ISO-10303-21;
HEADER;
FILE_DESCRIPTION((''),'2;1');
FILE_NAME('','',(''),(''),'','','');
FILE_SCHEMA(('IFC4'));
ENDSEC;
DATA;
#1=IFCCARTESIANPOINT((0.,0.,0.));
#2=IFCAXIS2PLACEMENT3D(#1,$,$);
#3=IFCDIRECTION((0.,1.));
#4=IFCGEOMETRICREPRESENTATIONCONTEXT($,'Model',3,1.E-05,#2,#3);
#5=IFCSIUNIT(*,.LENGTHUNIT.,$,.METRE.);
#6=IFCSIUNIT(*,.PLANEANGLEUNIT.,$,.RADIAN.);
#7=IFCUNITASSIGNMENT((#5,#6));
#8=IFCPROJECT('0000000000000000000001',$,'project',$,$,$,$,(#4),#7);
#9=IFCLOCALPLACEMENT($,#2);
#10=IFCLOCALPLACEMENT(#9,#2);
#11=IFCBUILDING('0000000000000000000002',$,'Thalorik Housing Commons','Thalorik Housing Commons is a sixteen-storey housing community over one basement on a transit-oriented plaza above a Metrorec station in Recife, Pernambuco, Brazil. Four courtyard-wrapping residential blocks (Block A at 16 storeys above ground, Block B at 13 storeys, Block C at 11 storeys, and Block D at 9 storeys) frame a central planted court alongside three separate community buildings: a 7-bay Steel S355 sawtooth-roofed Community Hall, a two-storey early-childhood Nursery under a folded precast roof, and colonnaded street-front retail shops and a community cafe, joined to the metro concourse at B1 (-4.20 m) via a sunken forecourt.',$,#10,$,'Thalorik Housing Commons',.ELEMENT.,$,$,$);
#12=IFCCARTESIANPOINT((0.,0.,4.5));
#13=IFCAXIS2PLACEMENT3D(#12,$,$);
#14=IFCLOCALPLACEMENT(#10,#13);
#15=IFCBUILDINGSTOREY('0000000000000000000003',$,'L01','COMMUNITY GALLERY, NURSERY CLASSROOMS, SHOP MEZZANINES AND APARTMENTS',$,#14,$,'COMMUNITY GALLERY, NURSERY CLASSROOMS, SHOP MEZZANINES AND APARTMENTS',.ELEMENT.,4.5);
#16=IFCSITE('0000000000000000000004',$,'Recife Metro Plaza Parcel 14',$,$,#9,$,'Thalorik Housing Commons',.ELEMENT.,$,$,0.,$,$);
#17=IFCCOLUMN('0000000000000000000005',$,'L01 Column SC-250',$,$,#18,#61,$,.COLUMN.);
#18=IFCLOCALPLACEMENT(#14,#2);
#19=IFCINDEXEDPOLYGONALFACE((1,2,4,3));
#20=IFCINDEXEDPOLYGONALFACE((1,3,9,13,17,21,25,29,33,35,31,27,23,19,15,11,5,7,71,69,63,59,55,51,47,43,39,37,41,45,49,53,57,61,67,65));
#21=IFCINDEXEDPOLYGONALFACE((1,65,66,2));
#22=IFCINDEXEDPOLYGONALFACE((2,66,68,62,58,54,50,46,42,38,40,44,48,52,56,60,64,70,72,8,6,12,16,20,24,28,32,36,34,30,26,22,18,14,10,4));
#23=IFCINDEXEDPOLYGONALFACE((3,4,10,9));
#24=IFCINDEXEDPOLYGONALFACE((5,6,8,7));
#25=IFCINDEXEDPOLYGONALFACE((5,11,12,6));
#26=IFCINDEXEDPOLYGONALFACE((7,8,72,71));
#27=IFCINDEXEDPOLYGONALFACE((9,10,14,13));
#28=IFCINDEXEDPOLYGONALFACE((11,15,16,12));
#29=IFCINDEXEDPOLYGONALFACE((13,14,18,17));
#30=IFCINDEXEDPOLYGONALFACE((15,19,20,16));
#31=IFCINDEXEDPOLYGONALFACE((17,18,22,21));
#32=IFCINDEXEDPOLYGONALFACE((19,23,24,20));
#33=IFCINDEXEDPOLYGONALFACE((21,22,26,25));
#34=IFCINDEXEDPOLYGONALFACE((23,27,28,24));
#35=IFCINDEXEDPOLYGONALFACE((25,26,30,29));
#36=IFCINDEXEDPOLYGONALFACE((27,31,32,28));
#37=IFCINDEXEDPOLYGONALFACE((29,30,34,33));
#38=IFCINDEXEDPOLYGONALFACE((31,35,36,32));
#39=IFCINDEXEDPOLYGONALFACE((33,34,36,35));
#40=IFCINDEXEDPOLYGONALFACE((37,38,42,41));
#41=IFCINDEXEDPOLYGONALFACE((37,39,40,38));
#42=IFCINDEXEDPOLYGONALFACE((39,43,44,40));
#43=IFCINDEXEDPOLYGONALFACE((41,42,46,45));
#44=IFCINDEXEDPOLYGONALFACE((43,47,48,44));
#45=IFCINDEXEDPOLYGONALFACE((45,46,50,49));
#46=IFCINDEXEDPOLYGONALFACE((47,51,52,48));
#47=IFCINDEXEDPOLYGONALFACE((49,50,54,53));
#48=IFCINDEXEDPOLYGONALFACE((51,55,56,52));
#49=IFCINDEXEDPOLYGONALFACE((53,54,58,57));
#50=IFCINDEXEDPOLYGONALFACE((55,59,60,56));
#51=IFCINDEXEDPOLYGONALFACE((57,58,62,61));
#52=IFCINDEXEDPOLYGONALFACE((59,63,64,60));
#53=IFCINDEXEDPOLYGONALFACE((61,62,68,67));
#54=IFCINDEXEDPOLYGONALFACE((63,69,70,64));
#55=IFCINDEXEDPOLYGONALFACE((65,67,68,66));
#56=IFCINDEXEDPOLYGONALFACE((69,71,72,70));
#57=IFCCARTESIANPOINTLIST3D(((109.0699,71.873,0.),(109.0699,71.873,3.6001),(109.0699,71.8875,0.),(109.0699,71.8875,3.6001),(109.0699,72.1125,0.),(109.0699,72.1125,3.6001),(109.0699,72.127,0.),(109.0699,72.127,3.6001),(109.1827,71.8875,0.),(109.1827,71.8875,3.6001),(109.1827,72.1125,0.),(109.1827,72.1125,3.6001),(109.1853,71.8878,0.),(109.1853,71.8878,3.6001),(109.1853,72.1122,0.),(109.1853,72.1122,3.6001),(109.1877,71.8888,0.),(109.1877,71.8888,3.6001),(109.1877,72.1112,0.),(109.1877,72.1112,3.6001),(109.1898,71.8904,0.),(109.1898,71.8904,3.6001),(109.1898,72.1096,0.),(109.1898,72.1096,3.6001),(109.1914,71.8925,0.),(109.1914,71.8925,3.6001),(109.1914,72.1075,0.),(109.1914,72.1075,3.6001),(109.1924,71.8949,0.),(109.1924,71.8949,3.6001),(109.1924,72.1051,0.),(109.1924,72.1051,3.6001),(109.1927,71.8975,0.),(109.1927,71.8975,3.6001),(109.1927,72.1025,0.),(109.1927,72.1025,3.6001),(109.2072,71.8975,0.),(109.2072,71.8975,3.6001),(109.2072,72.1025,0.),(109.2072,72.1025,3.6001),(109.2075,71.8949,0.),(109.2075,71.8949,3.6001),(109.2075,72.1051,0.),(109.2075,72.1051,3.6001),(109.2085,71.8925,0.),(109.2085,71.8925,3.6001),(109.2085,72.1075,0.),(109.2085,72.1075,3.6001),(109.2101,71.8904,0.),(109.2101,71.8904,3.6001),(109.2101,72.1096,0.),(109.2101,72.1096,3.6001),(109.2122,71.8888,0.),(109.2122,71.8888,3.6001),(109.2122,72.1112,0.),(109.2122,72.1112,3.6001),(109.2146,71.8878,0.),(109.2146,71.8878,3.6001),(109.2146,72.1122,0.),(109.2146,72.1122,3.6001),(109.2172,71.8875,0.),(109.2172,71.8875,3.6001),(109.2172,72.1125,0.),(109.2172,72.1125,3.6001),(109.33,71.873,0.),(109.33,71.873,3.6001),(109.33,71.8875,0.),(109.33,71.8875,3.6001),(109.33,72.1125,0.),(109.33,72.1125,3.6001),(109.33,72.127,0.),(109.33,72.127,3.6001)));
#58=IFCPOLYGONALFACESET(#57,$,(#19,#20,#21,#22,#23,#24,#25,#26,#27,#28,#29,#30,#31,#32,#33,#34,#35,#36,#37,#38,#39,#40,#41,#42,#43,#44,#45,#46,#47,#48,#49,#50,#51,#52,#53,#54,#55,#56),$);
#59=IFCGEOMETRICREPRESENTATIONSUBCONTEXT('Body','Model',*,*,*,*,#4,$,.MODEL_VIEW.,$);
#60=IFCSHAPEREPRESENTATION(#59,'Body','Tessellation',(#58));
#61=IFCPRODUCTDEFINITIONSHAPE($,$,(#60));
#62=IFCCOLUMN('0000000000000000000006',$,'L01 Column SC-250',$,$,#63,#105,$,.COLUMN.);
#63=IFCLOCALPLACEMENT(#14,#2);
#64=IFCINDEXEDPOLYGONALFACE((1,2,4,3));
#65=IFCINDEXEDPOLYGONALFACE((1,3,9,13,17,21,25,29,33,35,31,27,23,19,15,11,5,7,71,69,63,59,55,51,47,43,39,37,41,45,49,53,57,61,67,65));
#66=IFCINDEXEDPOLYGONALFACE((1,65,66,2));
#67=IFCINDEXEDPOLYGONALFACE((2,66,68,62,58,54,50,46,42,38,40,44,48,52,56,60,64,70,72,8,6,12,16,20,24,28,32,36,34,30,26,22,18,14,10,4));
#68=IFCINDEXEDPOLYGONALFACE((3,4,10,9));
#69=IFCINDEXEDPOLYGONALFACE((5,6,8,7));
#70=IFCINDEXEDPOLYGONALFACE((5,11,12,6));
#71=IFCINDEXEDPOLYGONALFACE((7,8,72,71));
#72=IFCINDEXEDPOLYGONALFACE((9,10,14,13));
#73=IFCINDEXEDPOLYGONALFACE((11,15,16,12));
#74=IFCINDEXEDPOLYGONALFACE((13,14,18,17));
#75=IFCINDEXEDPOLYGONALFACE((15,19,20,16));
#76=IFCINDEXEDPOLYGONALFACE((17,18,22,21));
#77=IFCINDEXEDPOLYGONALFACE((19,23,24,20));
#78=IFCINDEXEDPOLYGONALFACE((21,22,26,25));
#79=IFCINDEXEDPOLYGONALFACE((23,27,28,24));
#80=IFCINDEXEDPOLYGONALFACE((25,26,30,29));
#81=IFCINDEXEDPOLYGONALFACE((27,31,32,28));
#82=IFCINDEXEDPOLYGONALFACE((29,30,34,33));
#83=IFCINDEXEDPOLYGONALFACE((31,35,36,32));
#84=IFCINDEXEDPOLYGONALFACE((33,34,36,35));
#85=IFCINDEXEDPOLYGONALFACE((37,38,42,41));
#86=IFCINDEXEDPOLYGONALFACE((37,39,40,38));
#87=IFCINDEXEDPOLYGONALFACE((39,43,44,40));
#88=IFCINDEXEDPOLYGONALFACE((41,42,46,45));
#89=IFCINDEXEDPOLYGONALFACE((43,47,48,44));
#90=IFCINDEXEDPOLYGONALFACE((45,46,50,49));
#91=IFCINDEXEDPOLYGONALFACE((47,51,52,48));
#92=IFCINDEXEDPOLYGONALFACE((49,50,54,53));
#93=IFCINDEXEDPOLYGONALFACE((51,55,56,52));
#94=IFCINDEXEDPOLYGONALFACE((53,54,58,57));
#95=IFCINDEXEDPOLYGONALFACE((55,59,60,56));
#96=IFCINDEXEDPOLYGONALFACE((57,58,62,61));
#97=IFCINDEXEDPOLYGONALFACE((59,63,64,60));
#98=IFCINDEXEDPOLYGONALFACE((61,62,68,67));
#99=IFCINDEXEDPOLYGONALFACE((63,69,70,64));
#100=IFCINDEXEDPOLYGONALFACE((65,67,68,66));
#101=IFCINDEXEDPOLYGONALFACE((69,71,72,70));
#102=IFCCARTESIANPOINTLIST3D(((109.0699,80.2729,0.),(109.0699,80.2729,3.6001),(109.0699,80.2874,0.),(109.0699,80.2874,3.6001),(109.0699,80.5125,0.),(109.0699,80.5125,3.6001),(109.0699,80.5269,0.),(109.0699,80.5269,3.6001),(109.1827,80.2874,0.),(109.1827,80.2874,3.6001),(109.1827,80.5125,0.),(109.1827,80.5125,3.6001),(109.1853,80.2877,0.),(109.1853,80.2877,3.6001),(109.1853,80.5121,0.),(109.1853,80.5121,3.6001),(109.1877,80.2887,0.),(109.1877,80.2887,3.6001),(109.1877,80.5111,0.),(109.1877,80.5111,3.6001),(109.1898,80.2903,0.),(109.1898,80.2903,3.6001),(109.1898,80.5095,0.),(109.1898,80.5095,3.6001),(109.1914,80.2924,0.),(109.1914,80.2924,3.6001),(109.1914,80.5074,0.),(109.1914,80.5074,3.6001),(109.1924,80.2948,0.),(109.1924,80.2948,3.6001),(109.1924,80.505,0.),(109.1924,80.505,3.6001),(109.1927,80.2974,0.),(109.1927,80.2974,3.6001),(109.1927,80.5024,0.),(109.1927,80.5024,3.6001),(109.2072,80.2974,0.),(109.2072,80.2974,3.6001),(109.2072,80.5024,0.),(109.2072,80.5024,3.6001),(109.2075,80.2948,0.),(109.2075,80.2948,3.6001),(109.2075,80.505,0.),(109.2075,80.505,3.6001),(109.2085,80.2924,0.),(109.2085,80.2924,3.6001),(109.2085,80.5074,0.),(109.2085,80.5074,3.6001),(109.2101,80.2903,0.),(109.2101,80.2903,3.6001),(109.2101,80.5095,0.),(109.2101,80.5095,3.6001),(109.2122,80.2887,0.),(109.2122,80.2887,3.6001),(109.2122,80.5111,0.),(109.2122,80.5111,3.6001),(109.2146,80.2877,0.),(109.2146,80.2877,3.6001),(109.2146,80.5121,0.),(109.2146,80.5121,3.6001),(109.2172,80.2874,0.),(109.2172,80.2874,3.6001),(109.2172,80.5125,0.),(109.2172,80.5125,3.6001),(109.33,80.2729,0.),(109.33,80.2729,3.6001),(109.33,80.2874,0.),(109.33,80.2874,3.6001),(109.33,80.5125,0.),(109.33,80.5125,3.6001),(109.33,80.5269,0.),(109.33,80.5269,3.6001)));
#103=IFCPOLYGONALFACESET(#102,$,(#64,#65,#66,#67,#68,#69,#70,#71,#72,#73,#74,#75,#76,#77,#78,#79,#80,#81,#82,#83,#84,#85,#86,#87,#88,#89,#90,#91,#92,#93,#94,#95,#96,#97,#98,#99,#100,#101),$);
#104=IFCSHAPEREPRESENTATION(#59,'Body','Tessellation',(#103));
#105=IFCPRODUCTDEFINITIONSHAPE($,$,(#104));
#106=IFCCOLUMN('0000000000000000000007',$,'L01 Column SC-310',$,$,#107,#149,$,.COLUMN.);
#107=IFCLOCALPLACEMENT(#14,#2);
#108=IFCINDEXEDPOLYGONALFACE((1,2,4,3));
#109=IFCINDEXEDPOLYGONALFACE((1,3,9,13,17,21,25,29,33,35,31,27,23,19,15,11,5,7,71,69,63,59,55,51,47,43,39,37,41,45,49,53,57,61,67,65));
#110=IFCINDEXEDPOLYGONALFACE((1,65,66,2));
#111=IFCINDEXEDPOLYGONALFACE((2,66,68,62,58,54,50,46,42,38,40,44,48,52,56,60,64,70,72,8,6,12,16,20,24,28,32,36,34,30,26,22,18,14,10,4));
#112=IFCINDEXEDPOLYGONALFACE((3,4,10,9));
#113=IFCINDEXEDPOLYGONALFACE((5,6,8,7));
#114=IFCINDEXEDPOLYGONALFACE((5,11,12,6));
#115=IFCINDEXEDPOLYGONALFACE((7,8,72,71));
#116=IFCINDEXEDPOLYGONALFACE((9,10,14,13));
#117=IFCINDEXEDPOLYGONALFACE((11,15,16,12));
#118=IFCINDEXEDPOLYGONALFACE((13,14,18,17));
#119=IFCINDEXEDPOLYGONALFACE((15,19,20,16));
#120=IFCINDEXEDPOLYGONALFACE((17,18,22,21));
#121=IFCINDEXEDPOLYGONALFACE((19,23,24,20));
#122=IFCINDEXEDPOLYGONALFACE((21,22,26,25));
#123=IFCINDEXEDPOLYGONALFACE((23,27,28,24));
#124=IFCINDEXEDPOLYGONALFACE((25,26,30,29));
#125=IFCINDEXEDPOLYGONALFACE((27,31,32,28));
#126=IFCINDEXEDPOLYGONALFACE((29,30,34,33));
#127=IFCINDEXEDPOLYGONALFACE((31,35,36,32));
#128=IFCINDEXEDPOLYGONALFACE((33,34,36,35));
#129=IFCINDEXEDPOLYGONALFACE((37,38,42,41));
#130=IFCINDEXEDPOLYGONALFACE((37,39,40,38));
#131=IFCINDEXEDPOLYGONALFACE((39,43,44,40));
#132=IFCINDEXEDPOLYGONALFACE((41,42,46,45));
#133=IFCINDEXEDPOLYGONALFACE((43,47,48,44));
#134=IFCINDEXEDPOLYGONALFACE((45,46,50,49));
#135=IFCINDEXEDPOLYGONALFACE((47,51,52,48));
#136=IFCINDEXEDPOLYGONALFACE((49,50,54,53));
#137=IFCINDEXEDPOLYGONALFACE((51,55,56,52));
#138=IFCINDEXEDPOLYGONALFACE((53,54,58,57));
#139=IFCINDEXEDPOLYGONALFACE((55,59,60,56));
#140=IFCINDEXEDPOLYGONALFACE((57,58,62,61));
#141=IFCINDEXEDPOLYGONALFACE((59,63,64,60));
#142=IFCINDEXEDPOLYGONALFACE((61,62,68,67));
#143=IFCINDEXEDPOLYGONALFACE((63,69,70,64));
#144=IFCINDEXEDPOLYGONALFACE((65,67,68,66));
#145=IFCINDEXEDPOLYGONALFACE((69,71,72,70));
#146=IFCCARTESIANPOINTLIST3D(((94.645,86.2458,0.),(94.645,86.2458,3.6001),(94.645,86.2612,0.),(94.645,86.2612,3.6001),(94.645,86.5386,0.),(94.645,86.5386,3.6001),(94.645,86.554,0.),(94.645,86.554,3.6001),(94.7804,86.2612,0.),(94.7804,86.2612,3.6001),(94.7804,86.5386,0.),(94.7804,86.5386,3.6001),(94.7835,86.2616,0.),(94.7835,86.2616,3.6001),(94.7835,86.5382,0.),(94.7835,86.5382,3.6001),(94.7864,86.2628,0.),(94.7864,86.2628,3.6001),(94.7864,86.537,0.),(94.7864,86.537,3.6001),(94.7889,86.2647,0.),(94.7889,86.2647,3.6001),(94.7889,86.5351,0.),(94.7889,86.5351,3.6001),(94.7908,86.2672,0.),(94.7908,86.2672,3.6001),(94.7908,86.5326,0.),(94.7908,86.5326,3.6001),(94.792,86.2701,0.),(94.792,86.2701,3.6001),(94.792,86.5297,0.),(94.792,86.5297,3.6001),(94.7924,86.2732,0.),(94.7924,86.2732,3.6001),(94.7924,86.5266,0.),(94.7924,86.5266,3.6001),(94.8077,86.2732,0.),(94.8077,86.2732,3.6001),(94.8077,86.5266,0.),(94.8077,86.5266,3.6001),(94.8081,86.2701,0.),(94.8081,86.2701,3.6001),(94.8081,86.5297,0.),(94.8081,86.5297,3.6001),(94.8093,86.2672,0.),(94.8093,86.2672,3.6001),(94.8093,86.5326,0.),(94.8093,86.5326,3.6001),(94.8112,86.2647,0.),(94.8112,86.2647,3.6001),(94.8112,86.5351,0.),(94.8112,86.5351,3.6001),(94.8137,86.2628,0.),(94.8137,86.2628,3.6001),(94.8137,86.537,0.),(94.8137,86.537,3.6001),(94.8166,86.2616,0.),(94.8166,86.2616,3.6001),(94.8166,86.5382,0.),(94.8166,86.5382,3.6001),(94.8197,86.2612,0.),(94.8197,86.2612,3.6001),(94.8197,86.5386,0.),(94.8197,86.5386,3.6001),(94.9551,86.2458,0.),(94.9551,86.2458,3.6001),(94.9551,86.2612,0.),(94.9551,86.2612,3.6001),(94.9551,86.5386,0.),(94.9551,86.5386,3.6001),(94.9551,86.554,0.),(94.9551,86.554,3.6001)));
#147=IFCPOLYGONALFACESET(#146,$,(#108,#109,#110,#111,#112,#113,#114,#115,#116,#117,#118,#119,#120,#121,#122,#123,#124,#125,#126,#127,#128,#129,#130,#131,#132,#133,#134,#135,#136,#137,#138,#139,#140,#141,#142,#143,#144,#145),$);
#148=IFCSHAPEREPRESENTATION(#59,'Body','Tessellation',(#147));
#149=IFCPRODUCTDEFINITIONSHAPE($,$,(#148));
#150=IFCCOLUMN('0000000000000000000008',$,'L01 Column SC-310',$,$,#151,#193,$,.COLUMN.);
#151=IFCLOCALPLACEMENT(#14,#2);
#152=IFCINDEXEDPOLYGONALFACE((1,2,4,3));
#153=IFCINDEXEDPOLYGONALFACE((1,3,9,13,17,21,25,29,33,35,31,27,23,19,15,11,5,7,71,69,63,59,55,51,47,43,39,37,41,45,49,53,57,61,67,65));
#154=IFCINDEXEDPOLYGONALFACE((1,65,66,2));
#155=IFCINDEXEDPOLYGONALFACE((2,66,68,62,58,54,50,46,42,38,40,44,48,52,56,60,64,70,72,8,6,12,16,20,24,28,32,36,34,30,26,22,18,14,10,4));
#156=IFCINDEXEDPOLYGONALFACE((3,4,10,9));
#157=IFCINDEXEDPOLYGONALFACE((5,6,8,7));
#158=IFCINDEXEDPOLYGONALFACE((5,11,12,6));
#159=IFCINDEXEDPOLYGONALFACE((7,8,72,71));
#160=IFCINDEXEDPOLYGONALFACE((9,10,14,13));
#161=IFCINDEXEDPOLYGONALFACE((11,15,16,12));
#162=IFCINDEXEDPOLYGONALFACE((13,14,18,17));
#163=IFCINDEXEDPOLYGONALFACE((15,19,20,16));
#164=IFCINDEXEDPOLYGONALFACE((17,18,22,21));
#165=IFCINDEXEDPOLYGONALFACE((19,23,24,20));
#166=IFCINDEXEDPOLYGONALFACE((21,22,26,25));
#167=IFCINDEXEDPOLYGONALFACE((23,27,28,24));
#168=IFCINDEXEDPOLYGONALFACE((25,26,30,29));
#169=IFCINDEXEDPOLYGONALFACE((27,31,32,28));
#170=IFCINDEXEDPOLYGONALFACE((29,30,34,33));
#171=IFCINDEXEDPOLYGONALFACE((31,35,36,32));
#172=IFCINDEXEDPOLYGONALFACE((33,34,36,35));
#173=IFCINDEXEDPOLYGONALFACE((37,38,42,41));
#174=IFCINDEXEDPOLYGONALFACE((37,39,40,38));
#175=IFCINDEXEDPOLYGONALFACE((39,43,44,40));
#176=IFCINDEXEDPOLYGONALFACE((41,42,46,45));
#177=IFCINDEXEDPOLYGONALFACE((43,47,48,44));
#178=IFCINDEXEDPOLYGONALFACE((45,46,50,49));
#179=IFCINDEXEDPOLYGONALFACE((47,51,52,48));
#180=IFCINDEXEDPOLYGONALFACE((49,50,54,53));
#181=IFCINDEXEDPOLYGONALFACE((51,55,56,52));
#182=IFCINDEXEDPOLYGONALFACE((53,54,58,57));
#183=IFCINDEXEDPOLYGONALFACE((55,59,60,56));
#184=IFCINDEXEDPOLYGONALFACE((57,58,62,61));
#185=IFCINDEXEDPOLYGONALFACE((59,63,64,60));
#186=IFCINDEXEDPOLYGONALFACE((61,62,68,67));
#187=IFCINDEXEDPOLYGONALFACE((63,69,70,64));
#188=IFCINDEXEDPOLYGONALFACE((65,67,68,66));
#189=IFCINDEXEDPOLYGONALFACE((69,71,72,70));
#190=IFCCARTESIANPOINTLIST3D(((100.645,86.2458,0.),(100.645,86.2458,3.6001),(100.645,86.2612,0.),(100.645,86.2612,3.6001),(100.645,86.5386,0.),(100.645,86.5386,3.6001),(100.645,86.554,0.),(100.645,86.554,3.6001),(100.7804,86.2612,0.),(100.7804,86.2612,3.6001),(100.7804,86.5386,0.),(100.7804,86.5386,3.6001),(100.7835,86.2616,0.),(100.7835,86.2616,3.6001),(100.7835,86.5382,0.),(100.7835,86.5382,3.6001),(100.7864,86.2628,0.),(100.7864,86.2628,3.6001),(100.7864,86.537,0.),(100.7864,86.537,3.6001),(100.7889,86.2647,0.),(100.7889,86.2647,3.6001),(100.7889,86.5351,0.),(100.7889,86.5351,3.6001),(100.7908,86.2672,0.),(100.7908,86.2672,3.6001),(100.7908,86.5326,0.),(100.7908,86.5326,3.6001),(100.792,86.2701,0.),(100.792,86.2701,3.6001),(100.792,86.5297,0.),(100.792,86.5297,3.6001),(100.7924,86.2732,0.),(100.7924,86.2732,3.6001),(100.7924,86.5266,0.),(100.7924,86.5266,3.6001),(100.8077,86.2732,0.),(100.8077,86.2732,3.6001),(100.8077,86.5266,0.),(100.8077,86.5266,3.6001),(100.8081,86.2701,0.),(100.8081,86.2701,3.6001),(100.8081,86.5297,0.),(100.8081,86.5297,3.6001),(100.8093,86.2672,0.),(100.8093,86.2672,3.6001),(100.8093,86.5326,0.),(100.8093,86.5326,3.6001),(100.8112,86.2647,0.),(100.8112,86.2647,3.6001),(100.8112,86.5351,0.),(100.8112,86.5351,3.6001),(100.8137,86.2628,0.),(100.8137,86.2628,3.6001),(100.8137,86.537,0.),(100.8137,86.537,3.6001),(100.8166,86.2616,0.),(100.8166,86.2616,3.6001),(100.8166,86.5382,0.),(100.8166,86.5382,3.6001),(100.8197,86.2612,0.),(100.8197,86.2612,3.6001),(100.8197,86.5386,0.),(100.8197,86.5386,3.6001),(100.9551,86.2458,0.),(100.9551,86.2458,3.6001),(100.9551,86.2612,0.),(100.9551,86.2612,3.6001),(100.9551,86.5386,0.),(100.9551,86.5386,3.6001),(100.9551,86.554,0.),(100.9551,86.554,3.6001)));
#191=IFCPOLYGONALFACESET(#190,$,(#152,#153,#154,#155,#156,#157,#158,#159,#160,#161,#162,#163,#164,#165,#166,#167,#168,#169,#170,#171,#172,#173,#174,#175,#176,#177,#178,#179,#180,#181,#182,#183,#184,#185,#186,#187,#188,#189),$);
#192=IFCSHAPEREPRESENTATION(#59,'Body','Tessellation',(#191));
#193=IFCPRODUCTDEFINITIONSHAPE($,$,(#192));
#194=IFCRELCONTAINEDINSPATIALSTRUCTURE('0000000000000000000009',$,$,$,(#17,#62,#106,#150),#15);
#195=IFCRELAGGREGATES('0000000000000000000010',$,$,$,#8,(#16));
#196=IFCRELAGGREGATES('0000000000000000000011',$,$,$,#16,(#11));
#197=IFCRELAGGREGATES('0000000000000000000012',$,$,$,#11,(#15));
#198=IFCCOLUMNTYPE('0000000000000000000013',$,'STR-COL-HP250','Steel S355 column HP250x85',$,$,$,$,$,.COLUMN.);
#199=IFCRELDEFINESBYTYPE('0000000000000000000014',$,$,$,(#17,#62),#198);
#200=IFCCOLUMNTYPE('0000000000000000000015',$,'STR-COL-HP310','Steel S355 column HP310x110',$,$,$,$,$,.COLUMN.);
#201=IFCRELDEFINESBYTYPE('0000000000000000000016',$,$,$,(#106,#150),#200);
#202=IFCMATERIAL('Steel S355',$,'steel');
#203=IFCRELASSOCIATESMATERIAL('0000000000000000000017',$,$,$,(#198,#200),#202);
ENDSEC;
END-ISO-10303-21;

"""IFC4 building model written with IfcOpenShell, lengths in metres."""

from ifc_helpers import new_model, si_unit, direction, frame, origin, origin_2d, place, context, subcontext, project, spatial, i_section, extrude, material, material_profile, profile_set, type_object, element, save


model = new_model("IFC4")

# Units and contexts
model_context = context("Model", 3, precision=1e-05, world=origin(), true_north=direction((0.0, 1.0)))
body_context = subcontext(model_context, "Body", "Model", "MODEL_VIEW")
ifc_project = project(units=[si_unit("LENGTHUNIT", "METRE"), si_unit("PLANEANGLEUNIT", "RADIAN")], contexts=[model_context])

# Site, building, storey
site_placement = place(None, origin())
site = spatial("IfcSite", under=ifc_project, at=site_placement, Name="Recife Metro Plaza Parcel 14", LongName="Thalorik Housing Commons", CompositionType="ELEMENT", RefElevation=0.0)
building_placement = place(site_placement, origin())
building = spatial("IfcBuilding", under=site, at=building_placement, Name="Thalorik Housing Commons", Description="Thalorik Housing Commons is a sixteen-storey housing community over one basement on a transit-oriented plaza above a Metrorec station in Recife, Pernambuco, Brazil. Four courtyard-wrapping residential blocks (Block A at 16 storeys above ground, Block B at 13 storeys, Block C at 11 storeys, and Block D at 9 storeys) frame a central planted court alongside three separate community buildings: a 7-bay Steel S355 sawtooth-roofed Community Hall, a two-storey early-childhood Nursery under a folded precast roof, and colonnaded street-front retail shops and a community cafe, joined to the metro concourse at B1 (-4.20 m) via a sunken forecourt.", LongName="Thalorik Housing Commons", CompositionType="ELEMENT")
storey_placement = place(building_placement, frame((0.0, 0.0, 4.5)))
storey = spatial("IfcBuildingStorey", under=building, at=storey_placement, Name="L01", Description="COMMUNITY GALLERY, NURSERY CLASSROOMS, SHOP MEZZANINES AND APARTMENTS", LongName="COMMUNITY GALLERY, NURSERY CLASSROOMS, SHOP MEZZANINES AND APARTMENTS", CompositionType="ELEMENT", Elevation=4.5)

# Columns
ifc_material_1 = material(Name="Steel S355", Category="steel")
ifc_material_profile_1 = material_profile(ifc_material_1, i_section(OverallWidth=0.26, OverallDepth=0.2539, WebThickness=0.0144, FlangeThickness=0.0144, FilletRadius=0.01, at=origin_2d()), Name="HP250x85", Category="steel")
ifc_profile_set_1 = profile_set([ifc_material_profile_1], Name="Steel S355")
column_type_1 = type_object("IfcColumnType", Name="STR-COL-HP250", Description="Steel S355 column HP250x85", PredefinedType="COLUMN", material=ifc_profile_set_1)
for number, where, z_axis, x_axis, name in (
    (1, (109.2, 72.0, 0.0), (0.0, 0.0, 1.0), (1.0, 0.0, 0.0), "L01 Column SC-250"),
    (2, (109.2, 80.3999, 0.0), (0.0, 0.0, 1.0), (1.0, 0.0, 0.0), "L01 Column SC-250"),
):
    element("IfcColumn", number, at=place(storey_placement, frame(where, z_axis=z_axis, x_axis=x_axis)), inside=storey, type_object=column_type_1, Name=name, PredefinedType="COLUMN", context=body_context, shape_type="SweptSolid", body=[
        extrude(i_section(OverallWidth=0.26, OverallDepth=0.2539, WebThickness=0.0144, FlangeThickness=0.0144, FilletRadius=0.01, at=origin_2d()), origin(), (0.0, 0.0, 1.0), 3.6001),
    ])
ifc_material_profile_2 = material_profile(ifc_material_1, i_section(OverallWidth=0.3101, OverallDepth=0.3081, WebThickness=0.0154, FlangeThickness=0.0154, FilletRadius=0.012, at=origin_2d()), Name="HP310x110", Category="steel")
ifc_profile_set_2 = profile_set([ifc_material_profile_2], Name="Steel S355")
column_type_2 = type_object("IfcColumnType", Name="STR-COL-HP310", Description="Steel S355 column HP310x110", PredefinedType="COLUMN", material=ifc_profile_set_2)
for number, where, z_axis, x_axis, name in (
    (3, (94.8, 86.3999, 0.0), (0.0, 0.0, 1.0), (1.0, 0.0, 0.0), "L01 Column SC-310"),
    (4, (100.8, 86.3999, 0.0), (0.0, 0.0, 1.0), (1.0, 0.0, 0.0), "L01 Column SC-310"),
):
    element("IfcColumn", number, at=place(storey_placement, frame(where, z_axis=z_axis, x_axis=x_axis)), inside=storey, type_object=column_type_2, Name=name, PredefinedType="COLUMN", context=body_context, shape_type="SweptSolid", body=[
        extrude(i_section(OverallWidth=0.3101, OverallDepth=0.3081, WebThickness=0.0154, FlangeThickness=0.0154, FilletRadius=0.012, at=origin_2d()), origin(), (0.0, 0.0, 1.0), 3.6001),
    ])

save(model, "model.ifc")
